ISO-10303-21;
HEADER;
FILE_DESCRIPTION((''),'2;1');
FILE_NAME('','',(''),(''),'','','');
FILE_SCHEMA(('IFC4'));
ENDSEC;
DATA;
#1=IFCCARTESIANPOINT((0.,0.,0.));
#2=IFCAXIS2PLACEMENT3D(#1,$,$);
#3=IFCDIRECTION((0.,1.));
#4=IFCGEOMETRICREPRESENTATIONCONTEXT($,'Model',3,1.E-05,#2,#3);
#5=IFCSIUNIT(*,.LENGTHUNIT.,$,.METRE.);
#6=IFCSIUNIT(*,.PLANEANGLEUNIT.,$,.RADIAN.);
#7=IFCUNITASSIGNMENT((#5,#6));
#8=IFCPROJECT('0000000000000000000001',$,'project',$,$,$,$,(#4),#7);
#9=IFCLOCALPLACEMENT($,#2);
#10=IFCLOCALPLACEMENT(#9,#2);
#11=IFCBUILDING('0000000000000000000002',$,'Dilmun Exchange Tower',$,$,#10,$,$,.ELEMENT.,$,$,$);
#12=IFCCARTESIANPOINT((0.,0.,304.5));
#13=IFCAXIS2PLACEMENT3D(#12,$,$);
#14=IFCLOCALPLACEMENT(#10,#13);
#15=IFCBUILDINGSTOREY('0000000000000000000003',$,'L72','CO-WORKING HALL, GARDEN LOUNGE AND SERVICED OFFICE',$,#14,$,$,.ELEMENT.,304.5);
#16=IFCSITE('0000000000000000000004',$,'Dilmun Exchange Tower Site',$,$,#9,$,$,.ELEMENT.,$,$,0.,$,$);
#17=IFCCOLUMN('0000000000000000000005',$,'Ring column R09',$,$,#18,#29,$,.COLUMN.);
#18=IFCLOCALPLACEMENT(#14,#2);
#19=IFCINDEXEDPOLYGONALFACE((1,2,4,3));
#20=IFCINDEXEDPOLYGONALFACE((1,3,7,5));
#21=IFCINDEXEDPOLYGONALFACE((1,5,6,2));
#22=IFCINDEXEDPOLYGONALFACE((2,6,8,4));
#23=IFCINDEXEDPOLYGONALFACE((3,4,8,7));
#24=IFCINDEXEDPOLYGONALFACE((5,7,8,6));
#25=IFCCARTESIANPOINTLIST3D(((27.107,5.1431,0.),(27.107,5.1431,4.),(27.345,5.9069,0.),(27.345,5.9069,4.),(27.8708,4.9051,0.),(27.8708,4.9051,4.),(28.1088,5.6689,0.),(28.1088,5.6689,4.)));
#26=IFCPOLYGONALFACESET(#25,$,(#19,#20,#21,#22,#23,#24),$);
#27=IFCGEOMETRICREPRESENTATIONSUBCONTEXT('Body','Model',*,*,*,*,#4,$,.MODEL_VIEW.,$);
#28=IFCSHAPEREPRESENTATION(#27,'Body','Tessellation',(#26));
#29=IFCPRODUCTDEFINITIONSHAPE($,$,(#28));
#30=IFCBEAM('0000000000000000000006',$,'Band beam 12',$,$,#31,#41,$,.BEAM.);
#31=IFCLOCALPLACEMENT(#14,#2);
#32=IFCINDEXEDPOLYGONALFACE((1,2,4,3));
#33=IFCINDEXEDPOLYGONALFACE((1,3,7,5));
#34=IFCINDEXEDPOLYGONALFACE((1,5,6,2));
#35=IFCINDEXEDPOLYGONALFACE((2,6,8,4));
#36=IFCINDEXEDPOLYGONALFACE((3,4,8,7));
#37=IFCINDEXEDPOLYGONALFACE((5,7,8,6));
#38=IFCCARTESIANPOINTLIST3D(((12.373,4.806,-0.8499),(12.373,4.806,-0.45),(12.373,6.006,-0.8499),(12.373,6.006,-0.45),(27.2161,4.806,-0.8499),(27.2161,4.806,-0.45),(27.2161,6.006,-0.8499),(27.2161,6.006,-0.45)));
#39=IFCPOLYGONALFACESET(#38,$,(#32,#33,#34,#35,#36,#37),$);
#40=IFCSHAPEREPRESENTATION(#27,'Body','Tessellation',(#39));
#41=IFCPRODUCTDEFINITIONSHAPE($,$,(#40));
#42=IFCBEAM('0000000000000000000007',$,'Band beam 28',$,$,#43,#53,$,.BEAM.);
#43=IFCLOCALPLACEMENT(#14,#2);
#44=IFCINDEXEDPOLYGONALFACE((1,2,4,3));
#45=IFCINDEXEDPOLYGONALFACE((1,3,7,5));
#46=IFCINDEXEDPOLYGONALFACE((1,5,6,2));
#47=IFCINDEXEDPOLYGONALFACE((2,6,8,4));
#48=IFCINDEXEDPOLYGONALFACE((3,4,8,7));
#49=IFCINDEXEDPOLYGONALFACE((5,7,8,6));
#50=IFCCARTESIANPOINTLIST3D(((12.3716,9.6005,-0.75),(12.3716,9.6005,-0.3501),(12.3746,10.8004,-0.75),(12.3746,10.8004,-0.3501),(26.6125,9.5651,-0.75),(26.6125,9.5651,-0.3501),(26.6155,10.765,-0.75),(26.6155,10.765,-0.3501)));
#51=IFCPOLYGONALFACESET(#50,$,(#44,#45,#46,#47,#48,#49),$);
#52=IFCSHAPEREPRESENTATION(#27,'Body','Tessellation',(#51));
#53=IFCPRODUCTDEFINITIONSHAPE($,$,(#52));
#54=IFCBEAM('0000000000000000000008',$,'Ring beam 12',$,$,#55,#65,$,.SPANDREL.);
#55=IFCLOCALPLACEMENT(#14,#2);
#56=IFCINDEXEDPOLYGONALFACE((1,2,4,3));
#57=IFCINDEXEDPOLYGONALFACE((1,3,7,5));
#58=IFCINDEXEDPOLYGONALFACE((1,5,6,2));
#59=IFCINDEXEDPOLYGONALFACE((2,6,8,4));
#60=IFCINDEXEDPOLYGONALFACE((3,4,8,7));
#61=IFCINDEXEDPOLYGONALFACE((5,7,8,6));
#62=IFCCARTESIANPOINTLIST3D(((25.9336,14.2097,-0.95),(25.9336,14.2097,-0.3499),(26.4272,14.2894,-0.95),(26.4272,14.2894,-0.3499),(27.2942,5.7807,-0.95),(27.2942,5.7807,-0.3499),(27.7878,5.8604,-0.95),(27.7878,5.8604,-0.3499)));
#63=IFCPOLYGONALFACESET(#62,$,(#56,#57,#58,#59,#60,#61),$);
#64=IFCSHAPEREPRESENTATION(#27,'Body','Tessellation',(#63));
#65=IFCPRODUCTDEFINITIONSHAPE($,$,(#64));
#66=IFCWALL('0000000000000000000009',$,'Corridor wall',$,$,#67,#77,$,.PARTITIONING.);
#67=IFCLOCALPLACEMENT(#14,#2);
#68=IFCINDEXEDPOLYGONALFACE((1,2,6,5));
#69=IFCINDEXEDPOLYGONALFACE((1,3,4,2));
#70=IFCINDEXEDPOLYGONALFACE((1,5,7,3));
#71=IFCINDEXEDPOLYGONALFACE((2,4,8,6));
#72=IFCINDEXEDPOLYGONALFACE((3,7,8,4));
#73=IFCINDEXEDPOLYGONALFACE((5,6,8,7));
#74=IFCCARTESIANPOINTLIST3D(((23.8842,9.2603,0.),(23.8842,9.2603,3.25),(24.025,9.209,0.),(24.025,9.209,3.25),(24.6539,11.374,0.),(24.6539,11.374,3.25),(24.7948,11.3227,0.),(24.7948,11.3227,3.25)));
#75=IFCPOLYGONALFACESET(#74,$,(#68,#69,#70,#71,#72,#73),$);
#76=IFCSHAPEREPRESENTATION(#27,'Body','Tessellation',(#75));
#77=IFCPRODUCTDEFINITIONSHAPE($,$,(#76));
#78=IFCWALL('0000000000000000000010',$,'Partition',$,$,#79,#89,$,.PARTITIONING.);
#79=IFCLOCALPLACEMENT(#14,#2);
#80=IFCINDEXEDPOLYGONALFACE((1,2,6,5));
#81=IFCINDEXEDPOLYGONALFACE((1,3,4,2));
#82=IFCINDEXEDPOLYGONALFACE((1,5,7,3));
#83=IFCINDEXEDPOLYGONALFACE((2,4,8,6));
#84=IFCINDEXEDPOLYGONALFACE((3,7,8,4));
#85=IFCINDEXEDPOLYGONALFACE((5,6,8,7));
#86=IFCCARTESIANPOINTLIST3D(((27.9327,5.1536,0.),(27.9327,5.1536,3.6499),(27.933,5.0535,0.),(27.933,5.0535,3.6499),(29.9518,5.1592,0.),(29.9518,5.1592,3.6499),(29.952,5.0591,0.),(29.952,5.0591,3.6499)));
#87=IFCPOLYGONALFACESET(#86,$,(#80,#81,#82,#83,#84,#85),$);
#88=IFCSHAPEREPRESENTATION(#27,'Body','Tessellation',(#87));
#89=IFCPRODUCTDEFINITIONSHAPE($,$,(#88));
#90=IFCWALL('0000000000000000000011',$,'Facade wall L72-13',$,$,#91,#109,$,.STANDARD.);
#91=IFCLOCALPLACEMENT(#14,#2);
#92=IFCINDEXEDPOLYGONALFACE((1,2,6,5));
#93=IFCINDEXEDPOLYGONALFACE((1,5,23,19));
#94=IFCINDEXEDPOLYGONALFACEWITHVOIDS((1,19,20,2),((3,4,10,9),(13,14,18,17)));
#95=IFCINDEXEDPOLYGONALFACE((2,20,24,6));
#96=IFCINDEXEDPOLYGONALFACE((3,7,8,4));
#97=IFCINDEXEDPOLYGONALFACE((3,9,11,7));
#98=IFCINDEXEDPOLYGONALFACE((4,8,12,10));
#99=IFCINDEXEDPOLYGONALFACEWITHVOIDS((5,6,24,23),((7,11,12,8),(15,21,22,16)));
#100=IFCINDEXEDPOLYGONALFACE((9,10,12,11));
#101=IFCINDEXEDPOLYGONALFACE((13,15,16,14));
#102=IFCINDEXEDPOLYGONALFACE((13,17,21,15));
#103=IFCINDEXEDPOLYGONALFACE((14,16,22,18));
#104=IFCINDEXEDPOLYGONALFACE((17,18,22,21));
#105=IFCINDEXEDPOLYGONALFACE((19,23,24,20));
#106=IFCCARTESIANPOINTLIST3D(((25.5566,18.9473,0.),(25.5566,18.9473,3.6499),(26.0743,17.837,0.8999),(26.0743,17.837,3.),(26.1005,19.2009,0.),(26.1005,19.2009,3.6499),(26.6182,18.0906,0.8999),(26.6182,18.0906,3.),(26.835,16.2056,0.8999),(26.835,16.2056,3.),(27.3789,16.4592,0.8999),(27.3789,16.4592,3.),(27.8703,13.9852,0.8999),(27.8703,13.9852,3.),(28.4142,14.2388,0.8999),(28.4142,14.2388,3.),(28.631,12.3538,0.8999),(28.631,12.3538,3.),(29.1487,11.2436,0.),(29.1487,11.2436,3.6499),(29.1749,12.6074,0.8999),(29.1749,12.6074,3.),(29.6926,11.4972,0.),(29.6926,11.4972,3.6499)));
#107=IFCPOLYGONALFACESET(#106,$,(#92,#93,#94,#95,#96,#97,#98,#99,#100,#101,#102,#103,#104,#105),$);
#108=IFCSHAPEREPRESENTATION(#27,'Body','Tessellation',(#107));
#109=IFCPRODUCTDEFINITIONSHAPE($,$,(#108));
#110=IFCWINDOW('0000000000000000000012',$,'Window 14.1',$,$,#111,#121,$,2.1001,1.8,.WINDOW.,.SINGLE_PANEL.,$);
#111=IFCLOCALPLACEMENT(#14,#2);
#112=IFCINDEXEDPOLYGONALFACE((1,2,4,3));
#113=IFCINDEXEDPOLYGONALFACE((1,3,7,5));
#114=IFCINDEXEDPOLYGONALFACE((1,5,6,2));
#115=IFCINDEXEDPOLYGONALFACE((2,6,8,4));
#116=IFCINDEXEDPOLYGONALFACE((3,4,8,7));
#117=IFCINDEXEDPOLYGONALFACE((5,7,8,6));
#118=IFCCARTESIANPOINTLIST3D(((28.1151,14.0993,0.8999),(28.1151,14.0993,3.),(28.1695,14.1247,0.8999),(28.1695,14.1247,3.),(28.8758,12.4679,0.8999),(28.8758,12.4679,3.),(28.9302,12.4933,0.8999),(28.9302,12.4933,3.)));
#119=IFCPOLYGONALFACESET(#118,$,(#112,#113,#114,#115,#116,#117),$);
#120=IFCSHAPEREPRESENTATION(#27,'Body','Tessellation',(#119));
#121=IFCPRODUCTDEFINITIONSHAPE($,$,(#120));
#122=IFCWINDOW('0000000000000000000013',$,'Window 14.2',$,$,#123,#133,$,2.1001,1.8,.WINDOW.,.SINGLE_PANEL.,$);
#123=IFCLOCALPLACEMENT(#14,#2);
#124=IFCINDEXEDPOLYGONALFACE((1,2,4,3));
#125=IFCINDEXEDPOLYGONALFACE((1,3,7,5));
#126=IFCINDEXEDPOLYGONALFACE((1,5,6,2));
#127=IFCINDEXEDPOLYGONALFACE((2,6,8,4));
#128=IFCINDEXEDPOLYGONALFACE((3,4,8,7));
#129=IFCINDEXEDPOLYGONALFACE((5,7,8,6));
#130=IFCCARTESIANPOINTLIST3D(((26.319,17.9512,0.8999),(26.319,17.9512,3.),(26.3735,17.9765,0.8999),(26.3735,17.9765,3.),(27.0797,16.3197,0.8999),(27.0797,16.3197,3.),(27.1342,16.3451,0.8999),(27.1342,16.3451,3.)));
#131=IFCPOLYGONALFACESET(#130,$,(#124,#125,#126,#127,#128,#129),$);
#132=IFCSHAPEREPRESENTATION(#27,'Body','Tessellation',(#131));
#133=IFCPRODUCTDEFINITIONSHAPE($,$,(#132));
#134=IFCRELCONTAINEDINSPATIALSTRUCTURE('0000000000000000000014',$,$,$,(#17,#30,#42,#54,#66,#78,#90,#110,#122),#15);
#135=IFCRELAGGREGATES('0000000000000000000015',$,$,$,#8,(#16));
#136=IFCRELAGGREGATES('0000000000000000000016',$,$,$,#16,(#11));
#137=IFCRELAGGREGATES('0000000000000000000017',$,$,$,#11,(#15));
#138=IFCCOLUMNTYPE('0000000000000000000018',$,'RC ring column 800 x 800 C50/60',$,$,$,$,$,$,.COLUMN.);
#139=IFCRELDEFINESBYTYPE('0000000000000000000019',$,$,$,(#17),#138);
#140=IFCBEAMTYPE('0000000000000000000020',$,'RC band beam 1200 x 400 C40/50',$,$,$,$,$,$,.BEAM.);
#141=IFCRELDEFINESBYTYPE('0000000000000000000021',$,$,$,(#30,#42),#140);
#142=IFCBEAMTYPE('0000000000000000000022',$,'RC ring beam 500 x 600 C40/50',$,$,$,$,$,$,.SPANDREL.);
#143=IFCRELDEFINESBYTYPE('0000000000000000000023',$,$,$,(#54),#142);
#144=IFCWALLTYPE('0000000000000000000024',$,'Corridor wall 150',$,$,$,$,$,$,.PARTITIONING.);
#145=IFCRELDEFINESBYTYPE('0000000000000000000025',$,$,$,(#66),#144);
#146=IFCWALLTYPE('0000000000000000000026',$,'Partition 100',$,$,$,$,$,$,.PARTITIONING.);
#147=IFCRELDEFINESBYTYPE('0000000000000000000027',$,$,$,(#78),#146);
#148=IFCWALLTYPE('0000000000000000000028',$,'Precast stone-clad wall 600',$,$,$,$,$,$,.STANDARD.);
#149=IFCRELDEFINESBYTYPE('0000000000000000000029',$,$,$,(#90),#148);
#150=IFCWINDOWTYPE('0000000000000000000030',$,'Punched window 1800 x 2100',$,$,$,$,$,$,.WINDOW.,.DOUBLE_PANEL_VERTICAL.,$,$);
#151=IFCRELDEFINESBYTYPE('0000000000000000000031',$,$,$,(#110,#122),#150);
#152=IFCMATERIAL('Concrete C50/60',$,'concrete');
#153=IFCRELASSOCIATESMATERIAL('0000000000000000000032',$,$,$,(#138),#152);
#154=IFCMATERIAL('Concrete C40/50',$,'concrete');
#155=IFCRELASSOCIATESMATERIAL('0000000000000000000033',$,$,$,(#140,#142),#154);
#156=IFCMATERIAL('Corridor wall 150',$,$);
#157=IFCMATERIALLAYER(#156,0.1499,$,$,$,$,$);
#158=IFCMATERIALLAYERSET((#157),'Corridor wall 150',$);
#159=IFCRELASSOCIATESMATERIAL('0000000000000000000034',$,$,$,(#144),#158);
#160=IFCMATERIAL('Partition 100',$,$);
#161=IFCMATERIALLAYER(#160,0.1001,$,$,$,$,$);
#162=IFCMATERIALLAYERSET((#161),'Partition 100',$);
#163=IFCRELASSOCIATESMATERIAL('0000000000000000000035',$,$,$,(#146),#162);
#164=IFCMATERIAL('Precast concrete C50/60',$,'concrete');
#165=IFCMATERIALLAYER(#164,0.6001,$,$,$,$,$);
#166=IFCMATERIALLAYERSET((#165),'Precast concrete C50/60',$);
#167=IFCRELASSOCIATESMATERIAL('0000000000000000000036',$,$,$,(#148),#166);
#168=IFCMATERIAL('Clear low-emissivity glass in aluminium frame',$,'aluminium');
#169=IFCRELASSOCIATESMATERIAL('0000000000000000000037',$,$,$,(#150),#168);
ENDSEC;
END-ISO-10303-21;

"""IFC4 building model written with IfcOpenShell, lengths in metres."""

from ifc_helpers import new_model, si_unit, direction, frame, frame_2d, origin, origin_2d, place, context, subcontext, project, spatial, rectangle, extrude, material, layer, layer_set, material_profile, profile_set, type_object, element, fill, save


model = new_model("IFC4")

# Units and contexts
model_context = context("Model", 3, precision=1e-05, world=origin(), true_north=direction((0.0, 1.0)))
body_context = subcontext(model_context, "Body", "Model", "MODEL_VIEW")
ifc_project = project(units=[si_unit("LENGTHUNIT", "METRE"), si_unit("PLANEANGLEUNIT", "RADIAN")], contexts=[model_context])

# Site, building, storey
site_placement = place(None, origin())
site = spatial("IfcSite", under=ifc_project, at=site_placement, Name="Dilmun Exchange Tower Site", CompositionType="ELEMENT", RefElevation=0.0)
building_placement = place(site_placement, origin())
building = spatial("IfcBuilding", under=site, at=building_placement, Name="Dilmun Exchange Tower", CompositionType="ELEMENT")
storey_placement = place(building_placement, frame((0.0, 0.0, 304.5)))
storey = spatial("IfcBuildingStorey", under=building, at=storey_placement, Name="L72", Description="CO-WORKING HALL, GARDEN LOUNGE AND SERVICED OFFICE", CompositionType="ELEMENT", Elevation=304.5)

# Column
ifc_material_1 = material(Name="Concrete C50/60", Category="concrete")
ifc_material_profile_1 = material_profile(ifc_material_1, rectangle(XDim=0.8, YDim=0.8, at=origin_2d()), Name="800 x 800")
ifc_profile_set_1 = profile_set([ifc_material_profile_1], Name="Concrete C50/60")
column_type = type_object("IfcColumnType", Name="RC ring column 800 x 800 C50/60", PredefinedType="COLUMN", material=ifc_profile_set_1)
column_placement = place(storey_placement, frame((27.6079, 5.406, 0.0), z_axis=(0.0, 0.0, 1.0), x_axis=(0.297503, 0.954721, 0.0)))
element("IfcColumn", 1, at=column_placement, inside=storey, type_object=column_type, Name="Ring column R09", PredefinedType="COLUMN", context=body_context, shape_type="SweptSolid", body=[
    extrude(rectangle(XDim=0.8, YDim=0.8, at=origin_2d()), origin(), (0.0, 0.0, 1.0), 4.0),
])

# Beams
ifc_material_2 = material(Name="Concrete C40/50", Category="concrete")
ifc_material_profile_2 = material_profile(ifc_material_2, rectangle(XDim=1.2, YDim=0.3999, at=origin_2d()), Name="1200 x 400")
ifc_profile_set_2 = profile_set([ifc_material_profile_2], Name="Concrete C40/50")
beam_type_1 = type_object("IfcBeamType", Name="RC band beam 1200 x 400 C40/50", PredefinedType="BEAM", material=ifc_profile_set_2)
beam_1_placement = place(storey_placement, frame((27.2161, 5.406, -0.6499), z_axis=(-1.0, 0.0, 0.0), x_axis=(0.0, -1.0, 0.0)))
element("IfcBeam", 2, at=beam_1_placement, inside=storey, type_object=beam_type_1, Name="Band beam 12", PredefinedType="BEAM", context=body_context, shape_type="SweptSolid", body=[
    extrude(rectangle(XDim=1.2, YDim=0.3999, at=origin_2d()), origin(), (0.0, 0.0, 1.0), 14.843),
])
beam_2_placement = place(storey_placement, frame((26.614, 10.165, -0.55), z_axis=(-0.999997, 0.002486, 0.0), x_axis=(-0.002486, -0.999997, 0.0)))
element("IfcBeam", 3, at=beam_2_placement, inside=storey, type_object=beam_type_1, Name="Band beam 28", PredefinedType="BEAM", context=body_context, shape_type="SweptSolid", body=[
    extrude(rectangle(XDim=1.2, YDim=0.3999, at=origin_2d()), origin(), (0.0, 0.0, 1.0), 14.241),
])
ifc_material_profile_3 = material_profile(ifc_material_2, rectangle(XDim=0.5, YDim=0.6001, at=origin_2d()), Name="500 x 600")
ifc_profile_set_3 = profile_set([ifc_material_profile_3], Name="Concrete C40/50")
beam_type_2 = type_object("IfcBeamType", Name="RC ring beam 500 x 600 C40/50", PredefinedType="SPANDREL", material=ifc_profile_set_3)
beam_3_placement = place(storey_placement, frame((27.541, 5.8206, -0.6499), z_axis=(-0.159357, 0.987221, 0.0), x_axis=(-0.987221, -0.159357, 0.0)))
element("IfcBeam", 4, at=beam_3_placement, inside=storey, type_object=beam_type_2, Name="Ring beam 12", PredefinedType="SPANDREL", context=body_context, shape_type="SweptSolid", body=[
    extrude(rectangle(XDim=0.5, YDim=0.6001, at=origin_2d()), origin(), (0.0, 0.0, 1.0), 8.5381),
])

# Walls
ifc_material_3 = material(Name="Corridor wall 150")
ifc_layer_1 = layer(ifc_material_3, 0.1499)
ifc_layer_set_1 = layer_set([ifc_layer_1], Name="Corridor wall 150")
wall_type_1 = type_object("IfcWallType", Name="Corridor wall 150", PredefinedType="PARTITIONING", material=ifc_layer_set_1)
wall_1_placement = place(storey_placement, frame((23.9546, 9.2346, 0.0), z_axis=(0.0, 0.0, 1.0), x_axis=(0.342187, 0.939632, 0.0)))
element("IfcWall", 5, at=wall_1_placement, inside=storey, type_object=wall_type_1, Name="Corridor wall", PredefinedType="PARTITIONING", context=body_context, shape_type="SweptSolid", body=[
    extrude(rectangle(XDim=2.2495, YDim=0.1499, at=frame_2d((1.1248, 0.0))), origin(), (0.0, 0.0, 1.0), 3.25),
])
ifc_material_4 = material(Name="Partition 100")
ifc_layer_2 = layer(ifc_material_4, 0.1001)
ifc_layer_set_2 = layer_set([ifc_layer_2], Name="Partition 100")
wall_type_2 = type_object("IfcWallType", Name="Partition 100", PredefinedType="PARTITIONING", material=ifc_layer_set_2)
wall_2_placement = place(storey_placement, frame((27.9329, 5.1035, 0.0), z_axis=(0.0, 0.0, 1.0), x_axis=(0.999996, 0.002781, 0.0)))
element("IfcWall", 6, at=wall_2_placement, inside=storey, type_object=wall_type_2, Name="Partition", PredefinedType="PARTITIONING", context=body_context, shape_type="SweptSolid", body=[
    extrude(rectangle(XDim=2.019, YDim=0.1001, at=frame_2d((1.0095, 0.0))), origin(), (0.0, 0.0, 1.0), 3.6499),
])

# Wall, openings, windows
ifc_material_5 = material(Name="Precast concrete C50/60", Category="concrete")
ifc_layer_3 = layer(ifc_material_5, 0.6001)
ifc_layer_set_3 = layer_set([ifc_layer_3], Name="Precast concrete C50/60")
wall_type_3 = type_object("IfcWallType", Name="Precast stone-clad wall 600", PredefinedType="STANDARD", material=ifc_layer_set_3)
wall_3_placement = place(storey_placement, frame((29.4207, 11.3704, 0.0), z_axis=(0.0, 0.0, 1.0), x_axis=(-0.422598, 0.906317, 0.0)))
wall_3 = element("IfcWall", 7, at=wall_3_placement, inside=storey, type_object=wall_type_3, Name="Facade wall L72-13", PredefinedType="STANDARD", context=body_context, shape_type="SweptSolid", body=[
    extrude(rectangle(XDim=8.5, YDim=0.6001, at=frame_2d((4.25, 0.0))), origin(), (0.0, 0.0, 1.0), 3.6499),
])
opening_1_placement = place(wall_3_placement, frame((1.2251, 0.0, 0.8999)))
opening_1 = element("IfcOpeningElement", 8, at=opening_1_placement, cuts=wall_3, PredefinedType="OPENING", context=body_context, shape_type="SweptSolid", body=[
    extrude(rectangle(XDim=1.8, YDim=2.1001, at=frame_2d((0.8999, 1.05))), frame((0.0, 0.3101, 0.0), z_axis=(0.0, -1.0, 0.0), x_axis=(1.0, 0.0, 0.0)), (0.0, 0.0, 1.0), 0.6201),
])
opening_2_placement = place(wall_3_placement, frame((5.4751, 0.0, 0.8999)))
opening_2 = element("IfcOpeningElement", 9, at=opening_2_placement, cuts=wall_3, PredefinedType="OPENING", context=body_context, shape_type="SweptSolid", body=[
    extrude(rectangle(XDim=1.8, YDim=2.1001, at=frame_2d((0.8999, 1.05))), frame((0.0, 0.3101, 0.0), z_axis=(0.0, -1.0, 0.0), x_axis=(1.0, 0.0, 0.0)), (0.0, 0.0, 1.0), 0.6201),
])
ifc_material_6 = material(Name="Clear low-emissivity glass in aluminium frame", Category="aluminium")
window_type = type_object("IfcWindowType", Name="Punched window 1800 x 2100", PartitioningType="DOUBLE_PANEL_VERTICAL", PredefinedType="WINDOW", material=ifc_material_6)
window_1_placement = place(opening_1_placement, origin())
window_1 = element("IfcWindow", 10, at=window_1_placement, inside=storey, type_object=window_type, Name="Window 14.1", OverallHeight=2.1001, OverallWidth=1.8, PartitioningType="SINGLE_PANEL", PredefinedType="WINDOW", context=body_context, shape_type="SweptSolid", body=[
    extrude(rectangle(XDim=1.8, YDim=2.1001, at=frame_2d((0.8999, 1.05))), frame((0.0, 0.03, 0.0), z_axis=(0.0, -1.0, 0.0), x_axis=(1.0, 0.0, 0.0)), (0.0, 0.0, 1.0), 0.0601),
])
fill(opening_1, window_1)
window_2_placement = place(opening_2_placement, origin())
window_2 = element("IfcWindow", 11, at=window_2_placement, inside=storey, type_object=window_type, Name="Window 14.2", OverallHeight=2.1001, OverallWidth=1.8, PartitioningType="SINGLE_PANEL", PredefinedType="WINDOW", context=body_context, shape_type="SweptSolid", body=[
    extrude(rectangle(XDim=1.8, YDim=2.1001, at=frame_2d((0.8999, 1.05))), frame((0.0, 0.03, 0.0), z_axis=(0.0, -1.0, 0.0), x_axis=(1.0, 0.0, 0.0)), (0.0, 0.0, 1.0), 0.0601),
])
fill(opening_2, window_2)

save(model, "model.ifc")
